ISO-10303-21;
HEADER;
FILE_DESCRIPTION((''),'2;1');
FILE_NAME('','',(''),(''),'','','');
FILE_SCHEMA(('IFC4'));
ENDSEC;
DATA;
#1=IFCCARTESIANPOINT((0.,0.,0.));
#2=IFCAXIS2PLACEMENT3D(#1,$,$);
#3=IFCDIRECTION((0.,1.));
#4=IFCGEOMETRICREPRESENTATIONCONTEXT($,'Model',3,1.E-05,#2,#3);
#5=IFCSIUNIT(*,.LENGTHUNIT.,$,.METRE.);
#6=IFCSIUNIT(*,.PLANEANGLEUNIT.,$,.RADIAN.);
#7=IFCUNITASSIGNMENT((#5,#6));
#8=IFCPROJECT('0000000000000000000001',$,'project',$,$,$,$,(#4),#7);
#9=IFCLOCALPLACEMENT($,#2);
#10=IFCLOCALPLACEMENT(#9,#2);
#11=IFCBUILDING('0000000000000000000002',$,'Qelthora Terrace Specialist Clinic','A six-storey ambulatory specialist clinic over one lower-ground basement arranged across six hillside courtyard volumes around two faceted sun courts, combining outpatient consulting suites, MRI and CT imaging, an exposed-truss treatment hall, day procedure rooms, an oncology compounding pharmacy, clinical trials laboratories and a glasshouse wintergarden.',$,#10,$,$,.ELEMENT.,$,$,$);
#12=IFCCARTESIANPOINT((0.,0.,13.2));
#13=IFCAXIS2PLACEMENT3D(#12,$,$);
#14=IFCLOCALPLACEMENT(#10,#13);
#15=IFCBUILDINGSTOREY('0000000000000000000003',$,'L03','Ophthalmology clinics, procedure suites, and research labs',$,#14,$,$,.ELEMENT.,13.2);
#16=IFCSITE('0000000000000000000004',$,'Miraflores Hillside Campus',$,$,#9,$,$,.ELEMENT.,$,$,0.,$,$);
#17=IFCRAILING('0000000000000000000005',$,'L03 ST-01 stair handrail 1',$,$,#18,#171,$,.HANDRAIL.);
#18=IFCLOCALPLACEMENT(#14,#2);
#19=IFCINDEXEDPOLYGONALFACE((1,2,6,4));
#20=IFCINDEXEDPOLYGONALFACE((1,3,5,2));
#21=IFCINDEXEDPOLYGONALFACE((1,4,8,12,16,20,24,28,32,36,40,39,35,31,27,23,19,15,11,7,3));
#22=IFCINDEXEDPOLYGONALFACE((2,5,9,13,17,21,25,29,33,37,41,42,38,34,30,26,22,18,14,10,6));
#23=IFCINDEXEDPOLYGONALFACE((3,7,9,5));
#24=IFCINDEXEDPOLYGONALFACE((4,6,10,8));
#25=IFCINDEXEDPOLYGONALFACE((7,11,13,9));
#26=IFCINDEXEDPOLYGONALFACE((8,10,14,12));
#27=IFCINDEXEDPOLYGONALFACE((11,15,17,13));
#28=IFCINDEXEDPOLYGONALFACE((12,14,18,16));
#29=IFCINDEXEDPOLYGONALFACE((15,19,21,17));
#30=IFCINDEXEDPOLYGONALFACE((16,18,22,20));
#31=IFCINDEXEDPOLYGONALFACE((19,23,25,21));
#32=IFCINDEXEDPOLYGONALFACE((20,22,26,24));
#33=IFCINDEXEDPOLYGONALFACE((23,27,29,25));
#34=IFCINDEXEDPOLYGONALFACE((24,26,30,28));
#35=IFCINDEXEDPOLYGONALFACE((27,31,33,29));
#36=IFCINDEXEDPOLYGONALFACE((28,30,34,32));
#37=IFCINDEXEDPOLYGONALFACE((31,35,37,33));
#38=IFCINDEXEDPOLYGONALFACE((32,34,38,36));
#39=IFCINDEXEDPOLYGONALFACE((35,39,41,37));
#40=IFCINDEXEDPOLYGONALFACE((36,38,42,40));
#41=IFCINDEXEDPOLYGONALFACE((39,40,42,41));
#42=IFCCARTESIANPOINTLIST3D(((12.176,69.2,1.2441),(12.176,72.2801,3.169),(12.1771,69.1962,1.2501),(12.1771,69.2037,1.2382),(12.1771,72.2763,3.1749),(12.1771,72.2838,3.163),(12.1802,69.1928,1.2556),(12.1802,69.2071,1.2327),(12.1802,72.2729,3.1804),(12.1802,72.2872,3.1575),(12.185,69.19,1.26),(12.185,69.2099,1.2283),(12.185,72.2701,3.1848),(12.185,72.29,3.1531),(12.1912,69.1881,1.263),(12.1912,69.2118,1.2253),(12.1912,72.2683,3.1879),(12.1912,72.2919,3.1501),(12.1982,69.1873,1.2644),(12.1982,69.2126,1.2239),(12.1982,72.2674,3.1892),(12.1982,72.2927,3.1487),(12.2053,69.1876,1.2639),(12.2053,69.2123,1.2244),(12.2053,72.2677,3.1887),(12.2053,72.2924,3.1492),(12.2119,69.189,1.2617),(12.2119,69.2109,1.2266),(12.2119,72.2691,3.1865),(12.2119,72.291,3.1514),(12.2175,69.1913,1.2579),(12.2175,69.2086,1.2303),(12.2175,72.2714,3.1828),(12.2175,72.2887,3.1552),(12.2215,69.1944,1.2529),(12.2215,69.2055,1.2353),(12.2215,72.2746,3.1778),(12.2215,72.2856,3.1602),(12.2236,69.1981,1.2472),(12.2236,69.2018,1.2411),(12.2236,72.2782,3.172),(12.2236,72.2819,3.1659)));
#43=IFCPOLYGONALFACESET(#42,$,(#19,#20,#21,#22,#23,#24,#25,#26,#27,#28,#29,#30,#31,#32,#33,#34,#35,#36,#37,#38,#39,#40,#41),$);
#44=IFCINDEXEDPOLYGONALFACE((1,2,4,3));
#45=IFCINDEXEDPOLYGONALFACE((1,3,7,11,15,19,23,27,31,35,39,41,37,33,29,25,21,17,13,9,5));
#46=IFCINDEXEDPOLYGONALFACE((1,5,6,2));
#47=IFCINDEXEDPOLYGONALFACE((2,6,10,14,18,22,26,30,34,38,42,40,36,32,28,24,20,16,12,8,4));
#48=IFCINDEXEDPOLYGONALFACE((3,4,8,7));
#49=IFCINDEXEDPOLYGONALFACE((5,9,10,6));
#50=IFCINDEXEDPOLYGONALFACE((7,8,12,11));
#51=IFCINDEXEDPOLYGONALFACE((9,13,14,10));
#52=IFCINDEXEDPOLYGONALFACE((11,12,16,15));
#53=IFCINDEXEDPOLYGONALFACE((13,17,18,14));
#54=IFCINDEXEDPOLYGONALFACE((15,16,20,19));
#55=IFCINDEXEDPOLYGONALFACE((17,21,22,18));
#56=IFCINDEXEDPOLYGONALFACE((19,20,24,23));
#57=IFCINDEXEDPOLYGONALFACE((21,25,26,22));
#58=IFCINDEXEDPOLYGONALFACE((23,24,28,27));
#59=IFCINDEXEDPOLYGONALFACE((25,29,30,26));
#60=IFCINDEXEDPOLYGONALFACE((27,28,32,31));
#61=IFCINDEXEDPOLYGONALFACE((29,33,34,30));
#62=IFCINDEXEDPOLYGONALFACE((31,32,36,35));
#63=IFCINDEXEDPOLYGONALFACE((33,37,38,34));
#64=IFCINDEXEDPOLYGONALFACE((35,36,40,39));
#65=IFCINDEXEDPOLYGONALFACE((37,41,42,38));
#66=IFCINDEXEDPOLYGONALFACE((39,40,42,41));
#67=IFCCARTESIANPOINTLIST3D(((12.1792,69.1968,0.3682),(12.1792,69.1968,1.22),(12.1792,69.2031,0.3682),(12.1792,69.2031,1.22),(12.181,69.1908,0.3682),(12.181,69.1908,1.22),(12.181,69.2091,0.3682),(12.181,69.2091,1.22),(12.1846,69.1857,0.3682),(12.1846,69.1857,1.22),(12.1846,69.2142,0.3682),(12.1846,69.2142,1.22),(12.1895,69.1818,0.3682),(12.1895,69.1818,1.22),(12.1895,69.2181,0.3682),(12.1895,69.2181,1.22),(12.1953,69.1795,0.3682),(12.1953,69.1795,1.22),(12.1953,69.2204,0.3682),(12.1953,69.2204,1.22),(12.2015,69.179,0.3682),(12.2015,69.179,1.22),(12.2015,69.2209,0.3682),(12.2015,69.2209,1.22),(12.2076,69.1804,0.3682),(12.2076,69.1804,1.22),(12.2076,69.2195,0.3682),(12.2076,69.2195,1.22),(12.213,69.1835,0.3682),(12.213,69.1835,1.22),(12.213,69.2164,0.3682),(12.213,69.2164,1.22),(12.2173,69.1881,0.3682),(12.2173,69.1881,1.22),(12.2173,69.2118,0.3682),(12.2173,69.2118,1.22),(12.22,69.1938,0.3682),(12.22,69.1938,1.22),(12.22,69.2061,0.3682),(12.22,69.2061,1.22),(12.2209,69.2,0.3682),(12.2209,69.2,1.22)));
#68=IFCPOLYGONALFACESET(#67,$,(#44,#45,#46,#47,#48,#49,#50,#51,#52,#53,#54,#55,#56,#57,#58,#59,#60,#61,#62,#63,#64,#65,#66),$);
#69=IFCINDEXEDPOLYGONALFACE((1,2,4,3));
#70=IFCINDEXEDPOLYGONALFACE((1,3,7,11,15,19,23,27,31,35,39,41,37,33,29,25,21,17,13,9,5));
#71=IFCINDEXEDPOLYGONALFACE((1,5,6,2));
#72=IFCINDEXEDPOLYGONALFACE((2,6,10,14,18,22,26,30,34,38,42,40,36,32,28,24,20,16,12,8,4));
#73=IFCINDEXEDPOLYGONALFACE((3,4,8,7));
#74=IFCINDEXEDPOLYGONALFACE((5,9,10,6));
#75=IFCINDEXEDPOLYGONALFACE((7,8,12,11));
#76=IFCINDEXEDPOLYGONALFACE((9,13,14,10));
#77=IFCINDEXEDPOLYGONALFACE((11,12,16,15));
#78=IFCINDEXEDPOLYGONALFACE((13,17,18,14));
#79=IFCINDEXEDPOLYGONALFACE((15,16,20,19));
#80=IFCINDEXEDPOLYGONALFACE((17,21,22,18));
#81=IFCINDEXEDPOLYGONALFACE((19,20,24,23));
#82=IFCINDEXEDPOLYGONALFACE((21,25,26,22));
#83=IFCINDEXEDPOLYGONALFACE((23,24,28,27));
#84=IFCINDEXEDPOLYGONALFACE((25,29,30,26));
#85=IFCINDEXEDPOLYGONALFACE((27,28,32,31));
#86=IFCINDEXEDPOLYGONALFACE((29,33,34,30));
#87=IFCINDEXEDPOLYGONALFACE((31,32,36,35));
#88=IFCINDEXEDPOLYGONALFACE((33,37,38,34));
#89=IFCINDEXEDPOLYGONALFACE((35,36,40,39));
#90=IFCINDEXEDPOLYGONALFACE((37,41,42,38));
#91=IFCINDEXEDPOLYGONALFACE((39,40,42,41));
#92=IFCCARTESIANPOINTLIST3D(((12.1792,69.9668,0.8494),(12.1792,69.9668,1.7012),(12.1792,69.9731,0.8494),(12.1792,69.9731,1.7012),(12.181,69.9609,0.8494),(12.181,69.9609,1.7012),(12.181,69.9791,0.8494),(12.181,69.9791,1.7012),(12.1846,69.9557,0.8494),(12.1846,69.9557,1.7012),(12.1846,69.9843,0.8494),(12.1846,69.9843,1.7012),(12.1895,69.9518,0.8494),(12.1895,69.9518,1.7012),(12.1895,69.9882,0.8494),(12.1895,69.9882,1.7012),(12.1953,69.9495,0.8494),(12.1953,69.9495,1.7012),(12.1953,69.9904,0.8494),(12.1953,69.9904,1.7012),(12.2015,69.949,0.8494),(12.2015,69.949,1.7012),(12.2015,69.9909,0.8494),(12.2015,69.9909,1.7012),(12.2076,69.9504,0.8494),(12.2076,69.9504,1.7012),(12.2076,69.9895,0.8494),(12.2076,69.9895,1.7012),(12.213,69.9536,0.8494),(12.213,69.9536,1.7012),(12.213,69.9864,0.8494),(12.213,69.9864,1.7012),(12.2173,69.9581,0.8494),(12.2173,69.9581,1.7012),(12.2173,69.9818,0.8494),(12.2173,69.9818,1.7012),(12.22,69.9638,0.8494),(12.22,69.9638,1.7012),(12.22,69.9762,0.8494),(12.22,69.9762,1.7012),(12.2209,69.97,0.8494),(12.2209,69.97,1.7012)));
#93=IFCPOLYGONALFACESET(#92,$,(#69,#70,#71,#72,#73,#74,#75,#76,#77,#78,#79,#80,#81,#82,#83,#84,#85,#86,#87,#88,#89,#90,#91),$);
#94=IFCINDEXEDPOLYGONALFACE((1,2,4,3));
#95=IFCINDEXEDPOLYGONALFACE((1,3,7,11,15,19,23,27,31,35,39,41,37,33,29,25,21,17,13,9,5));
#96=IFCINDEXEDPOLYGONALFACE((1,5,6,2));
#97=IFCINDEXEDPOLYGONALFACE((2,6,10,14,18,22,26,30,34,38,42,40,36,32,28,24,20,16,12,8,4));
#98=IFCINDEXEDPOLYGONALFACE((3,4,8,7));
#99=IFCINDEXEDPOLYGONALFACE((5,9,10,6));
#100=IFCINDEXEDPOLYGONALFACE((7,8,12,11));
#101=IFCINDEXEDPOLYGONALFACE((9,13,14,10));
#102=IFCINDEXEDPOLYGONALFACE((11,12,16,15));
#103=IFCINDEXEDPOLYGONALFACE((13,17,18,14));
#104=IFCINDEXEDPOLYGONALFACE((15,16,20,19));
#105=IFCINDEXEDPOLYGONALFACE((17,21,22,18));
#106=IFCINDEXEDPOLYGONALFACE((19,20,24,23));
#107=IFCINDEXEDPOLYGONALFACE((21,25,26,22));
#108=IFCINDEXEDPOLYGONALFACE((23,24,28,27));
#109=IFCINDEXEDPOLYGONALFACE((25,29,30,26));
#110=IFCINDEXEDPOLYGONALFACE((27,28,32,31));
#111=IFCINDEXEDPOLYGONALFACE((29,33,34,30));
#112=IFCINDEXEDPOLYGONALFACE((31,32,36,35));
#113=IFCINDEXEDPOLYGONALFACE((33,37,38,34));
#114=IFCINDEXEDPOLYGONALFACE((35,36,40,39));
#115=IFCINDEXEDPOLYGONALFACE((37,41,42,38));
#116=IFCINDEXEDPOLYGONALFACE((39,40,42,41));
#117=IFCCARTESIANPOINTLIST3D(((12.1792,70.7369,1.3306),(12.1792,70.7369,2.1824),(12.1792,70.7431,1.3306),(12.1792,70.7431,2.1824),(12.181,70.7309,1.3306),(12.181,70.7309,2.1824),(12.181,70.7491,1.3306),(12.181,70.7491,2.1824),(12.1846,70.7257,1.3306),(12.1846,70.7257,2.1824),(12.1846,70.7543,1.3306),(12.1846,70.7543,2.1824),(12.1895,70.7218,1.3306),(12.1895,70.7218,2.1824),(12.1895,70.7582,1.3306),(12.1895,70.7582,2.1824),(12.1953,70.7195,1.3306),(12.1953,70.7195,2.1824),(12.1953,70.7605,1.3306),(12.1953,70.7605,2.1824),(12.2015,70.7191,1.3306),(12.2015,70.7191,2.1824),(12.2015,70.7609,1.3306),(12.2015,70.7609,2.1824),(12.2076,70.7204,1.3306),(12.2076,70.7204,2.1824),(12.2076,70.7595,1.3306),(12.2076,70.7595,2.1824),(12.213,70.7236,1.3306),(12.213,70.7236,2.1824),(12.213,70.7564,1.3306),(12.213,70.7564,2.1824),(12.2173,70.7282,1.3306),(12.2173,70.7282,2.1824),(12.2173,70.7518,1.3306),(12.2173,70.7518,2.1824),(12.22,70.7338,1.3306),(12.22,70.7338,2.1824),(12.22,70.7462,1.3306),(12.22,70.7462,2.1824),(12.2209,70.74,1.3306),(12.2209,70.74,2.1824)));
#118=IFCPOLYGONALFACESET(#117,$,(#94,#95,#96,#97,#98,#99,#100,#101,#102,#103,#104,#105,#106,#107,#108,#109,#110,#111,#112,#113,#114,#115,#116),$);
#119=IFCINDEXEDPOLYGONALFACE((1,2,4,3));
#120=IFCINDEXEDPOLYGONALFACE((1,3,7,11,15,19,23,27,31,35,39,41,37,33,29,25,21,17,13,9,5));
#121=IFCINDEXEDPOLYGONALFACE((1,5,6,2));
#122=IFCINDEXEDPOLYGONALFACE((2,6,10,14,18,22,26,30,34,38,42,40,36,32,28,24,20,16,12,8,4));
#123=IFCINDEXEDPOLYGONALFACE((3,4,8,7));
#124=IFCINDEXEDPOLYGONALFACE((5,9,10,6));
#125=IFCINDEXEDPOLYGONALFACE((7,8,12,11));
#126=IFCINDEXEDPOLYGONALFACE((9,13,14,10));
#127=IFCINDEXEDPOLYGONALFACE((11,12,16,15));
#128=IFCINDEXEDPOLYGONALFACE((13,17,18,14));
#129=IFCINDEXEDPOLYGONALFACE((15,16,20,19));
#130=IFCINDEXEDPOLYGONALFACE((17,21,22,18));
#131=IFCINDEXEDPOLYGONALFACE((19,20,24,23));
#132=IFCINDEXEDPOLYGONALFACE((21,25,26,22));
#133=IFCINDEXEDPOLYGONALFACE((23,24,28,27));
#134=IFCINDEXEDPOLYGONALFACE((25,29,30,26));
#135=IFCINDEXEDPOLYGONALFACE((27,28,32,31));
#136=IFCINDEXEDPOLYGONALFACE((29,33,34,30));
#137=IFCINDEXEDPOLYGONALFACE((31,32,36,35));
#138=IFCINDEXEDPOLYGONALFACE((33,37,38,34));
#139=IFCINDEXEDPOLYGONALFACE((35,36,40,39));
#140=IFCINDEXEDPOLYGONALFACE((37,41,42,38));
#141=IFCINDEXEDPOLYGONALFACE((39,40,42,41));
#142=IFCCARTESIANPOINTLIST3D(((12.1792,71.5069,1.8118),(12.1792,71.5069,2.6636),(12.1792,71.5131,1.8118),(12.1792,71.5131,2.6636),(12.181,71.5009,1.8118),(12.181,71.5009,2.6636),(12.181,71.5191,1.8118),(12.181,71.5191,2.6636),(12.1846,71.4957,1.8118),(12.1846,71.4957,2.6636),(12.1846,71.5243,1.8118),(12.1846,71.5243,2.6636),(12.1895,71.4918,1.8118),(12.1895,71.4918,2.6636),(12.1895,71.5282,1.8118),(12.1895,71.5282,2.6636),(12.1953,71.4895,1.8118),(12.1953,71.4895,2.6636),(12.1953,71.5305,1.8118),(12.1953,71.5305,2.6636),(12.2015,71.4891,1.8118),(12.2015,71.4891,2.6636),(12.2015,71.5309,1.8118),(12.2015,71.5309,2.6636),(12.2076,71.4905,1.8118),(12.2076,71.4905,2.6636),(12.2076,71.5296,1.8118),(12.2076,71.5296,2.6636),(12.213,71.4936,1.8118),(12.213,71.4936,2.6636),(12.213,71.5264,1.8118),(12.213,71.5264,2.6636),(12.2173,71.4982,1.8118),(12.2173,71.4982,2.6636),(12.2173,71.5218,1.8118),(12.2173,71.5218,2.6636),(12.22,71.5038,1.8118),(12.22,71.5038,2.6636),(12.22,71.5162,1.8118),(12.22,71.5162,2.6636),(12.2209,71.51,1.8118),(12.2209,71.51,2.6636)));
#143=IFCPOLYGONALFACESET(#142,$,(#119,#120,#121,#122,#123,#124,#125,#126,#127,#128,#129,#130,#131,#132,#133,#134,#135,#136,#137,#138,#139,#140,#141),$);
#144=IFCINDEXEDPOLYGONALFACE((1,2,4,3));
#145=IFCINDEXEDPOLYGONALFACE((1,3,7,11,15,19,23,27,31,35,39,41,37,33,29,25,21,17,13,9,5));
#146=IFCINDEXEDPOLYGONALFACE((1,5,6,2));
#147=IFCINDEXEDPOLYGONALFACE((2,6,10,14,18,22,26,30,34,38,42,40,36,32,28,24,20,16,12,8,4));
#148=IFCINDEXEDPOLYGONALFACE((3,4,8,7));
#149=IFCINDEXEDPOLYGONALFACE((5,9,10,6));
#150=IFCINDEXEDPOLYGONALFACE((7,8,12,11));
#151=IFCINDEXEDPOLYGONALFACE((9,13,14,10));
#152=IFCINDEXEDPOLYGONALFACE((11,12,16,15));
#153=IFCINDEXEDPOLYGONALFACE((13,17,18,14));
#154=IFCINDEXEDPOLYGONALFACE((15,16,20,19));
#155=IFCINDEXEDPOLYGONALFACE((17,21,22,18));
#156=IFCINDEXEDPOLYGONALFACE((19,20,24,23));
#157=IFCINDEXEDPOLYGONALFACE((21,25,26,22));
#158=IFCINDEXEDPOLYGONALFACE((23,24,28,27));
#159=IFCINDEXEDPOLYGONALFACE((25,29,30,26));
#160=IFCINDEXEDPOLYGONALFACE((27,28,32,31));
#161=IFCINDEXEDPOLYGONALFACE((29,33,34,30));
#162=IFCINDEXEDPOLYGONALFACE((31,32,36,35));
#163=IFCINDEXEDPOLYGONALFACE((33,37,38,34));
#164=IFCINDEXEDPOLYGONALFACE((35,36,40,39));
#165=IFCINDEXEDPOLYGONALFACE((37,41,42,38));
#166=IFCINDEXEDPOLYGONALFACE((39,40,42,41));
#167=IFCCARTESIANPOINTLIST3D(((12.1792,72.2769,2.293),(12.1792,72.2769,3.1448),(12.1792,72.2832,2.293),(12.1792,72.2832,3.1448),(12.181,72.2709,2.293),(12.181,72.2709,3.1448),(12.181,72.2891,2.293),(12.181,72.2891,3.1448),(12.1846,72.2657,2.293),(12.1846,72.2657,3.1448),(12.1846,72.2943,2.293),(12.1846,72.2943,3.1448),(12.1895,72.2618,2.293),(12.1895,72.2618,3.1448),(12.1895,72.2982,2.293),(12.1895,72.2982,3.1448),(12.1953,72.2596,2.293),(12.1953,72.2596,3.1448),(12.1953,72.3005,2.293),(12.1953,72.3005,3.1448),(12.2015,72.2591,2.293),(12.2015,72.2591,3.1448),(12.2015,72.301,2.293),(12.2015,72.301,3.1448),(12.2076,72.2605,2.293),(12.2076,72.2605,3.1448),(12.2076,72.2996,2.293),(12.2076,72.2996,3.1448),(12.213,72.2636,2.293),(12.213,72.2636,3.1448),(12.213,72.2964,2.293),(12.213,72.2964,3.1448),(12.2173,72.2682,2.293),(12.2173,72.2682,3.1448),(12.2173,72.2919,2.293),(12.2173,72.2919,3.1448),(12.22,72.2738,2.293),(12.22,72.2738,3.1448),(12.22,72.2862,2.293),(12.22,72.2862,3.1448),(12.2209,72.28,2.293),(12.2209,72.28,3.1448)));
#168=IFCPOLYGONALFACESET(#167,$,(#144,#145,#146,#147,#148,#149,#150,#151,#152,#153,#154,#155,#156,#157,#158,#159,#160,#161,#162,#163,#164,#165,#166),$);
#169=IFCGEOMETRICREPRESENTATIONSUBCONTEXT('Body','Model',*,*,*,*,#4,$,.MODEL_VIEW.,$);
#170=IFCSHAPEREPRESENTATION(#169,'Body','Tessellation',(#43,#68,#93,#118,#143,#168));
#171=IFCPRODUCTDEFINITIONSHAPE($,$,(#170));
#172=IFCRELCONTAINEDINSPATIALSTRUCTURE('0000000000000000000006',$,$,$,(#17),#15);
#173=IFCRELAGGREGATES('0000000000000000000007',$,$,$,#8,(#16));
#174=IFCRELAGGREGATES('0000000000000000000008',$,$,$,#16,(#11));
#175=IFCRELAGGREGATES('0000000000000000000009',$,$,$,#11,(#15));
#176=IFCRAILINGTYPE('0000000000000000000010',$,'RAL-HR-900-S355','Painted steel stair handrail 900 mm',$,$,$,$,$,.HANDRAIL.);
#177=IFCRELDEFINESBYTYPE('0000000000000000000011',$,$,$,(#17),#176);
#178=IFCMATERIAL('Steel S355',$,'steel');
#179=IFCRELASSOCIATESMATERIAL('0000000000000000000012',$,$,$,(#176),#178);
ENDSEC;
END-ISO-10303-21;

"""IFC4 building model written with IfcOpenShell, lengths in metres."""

from ifc_helpers import new_model, si_unit, direction, frame, origin, origin_2d, place, context, subcontext, project, spatial, circle, extrude, material, type_object, element, save


model = new_model("IFC4")

# Units and contexts
model_context = context("Model", 3, precision=1e-05, world=origin(), true_north=direction((0.0, 1.0)))
body_context = subcontext(model_context, "Body", "Model", "MODEL_VIEW")
ifc_project = project(units=[si_unit("LENGTHUNIT", "METRE"), si_unit("PLANEANGLEUNIT", "RADIAN")], contexts=[model_context])

# Site, building, storey
site_placement = place(None, origin())
site = spatial("IfcSite", under=ifc_project, at=site_placement, Name="Miraflores Hillside Campus", CompositionType="ELEMENT", RefElevation=0.0)
building_placement = place(site_placement, origin())
building = spatial("IfcBuilding", under=site, at=building_placement, Name="Qelthora Terrace Specialist Clinic", Description="A six-storey ambulatory specialist clinic over one lower-ground basement arranged across six hillside courtyard volumes around two faceted sun courts, combining outpatient consulting suites, MRI and CT imaging, an exposed-truss treatment hall, day procedure rooms, an oncology compounding pharmacy, clinical trials laboratories and a glasshouse wintergarden.", CompositionType="ELEMENT")
storey_placement = place(building_placement, frame((0.0, 0.0, 13.2)))
storey = spatial("IfcBuildingStorey", under=building, at=storey_placement, Name="L03", Description="Ophthalmology clinics, procedure suites, and research labs", CompositionType="ELEMENT", Elevation=13.2)

# Shared definitions
ifc_material_1 = material(Name="Steel S355", Category="steel")

# Railing
railing_type_1 = type_object("IfcRailingType", Name="RAL-HR-900-S355", Description="Painted steel stair handrail 900 mm", PredefinedType="HANDRAIL", material=ifc_material_1)
railing_1_placement = place(storey_placement, frame((12.2, 69.2, 0.3682)))
element("IfcRailing", 1, at=railing_1_placement, inside=storey, type_object=railing_type_1, Name="L03 ST-01 stair handrail 1", PredefinedType="HANDRAIL", context=body_context, shape_type="SweptSolid", body=[
    extrude(circle(Radius=0.0239, at=origin_2d()), frame((0.0, 0.0, 0.876), z_axis=(0.0, 0.848029, 0.529951), x_axis=(-1.0, 0.0, 0.0)), (0.0, 0.0, 1.0), 3.6321),
    extrude(circle(Radius=0.021, at=origin_2d()), origin(), (0.0, 0.0, 1.0), 0.8518),
    extrude(circle(Radius=0.021, at=origin_2d()), frame((0.0, 0.77, 0.4812)), (0.0, 0.0, 1.0), 0.8518),
    extrude(circle(Radius=0.021, at=origin_2d()), frame((0.0, 1.54, 0.9624)), (0.0, 0.0, 1.0), 0.8518),
    extrude(circle(Radius=0.021, at=origin_2d()), frame((0.0, 2.3101, 1.4436)), (0.0, 0.0, 1.0), 0.8518),
    extrude(circle(Radius=0.021, at=origin_2d()), frame((0.0, 3.0801, 1.9248)), (0.0, 0.0, 1.0), 0.8518),
])

save(model, "model.ifc")
